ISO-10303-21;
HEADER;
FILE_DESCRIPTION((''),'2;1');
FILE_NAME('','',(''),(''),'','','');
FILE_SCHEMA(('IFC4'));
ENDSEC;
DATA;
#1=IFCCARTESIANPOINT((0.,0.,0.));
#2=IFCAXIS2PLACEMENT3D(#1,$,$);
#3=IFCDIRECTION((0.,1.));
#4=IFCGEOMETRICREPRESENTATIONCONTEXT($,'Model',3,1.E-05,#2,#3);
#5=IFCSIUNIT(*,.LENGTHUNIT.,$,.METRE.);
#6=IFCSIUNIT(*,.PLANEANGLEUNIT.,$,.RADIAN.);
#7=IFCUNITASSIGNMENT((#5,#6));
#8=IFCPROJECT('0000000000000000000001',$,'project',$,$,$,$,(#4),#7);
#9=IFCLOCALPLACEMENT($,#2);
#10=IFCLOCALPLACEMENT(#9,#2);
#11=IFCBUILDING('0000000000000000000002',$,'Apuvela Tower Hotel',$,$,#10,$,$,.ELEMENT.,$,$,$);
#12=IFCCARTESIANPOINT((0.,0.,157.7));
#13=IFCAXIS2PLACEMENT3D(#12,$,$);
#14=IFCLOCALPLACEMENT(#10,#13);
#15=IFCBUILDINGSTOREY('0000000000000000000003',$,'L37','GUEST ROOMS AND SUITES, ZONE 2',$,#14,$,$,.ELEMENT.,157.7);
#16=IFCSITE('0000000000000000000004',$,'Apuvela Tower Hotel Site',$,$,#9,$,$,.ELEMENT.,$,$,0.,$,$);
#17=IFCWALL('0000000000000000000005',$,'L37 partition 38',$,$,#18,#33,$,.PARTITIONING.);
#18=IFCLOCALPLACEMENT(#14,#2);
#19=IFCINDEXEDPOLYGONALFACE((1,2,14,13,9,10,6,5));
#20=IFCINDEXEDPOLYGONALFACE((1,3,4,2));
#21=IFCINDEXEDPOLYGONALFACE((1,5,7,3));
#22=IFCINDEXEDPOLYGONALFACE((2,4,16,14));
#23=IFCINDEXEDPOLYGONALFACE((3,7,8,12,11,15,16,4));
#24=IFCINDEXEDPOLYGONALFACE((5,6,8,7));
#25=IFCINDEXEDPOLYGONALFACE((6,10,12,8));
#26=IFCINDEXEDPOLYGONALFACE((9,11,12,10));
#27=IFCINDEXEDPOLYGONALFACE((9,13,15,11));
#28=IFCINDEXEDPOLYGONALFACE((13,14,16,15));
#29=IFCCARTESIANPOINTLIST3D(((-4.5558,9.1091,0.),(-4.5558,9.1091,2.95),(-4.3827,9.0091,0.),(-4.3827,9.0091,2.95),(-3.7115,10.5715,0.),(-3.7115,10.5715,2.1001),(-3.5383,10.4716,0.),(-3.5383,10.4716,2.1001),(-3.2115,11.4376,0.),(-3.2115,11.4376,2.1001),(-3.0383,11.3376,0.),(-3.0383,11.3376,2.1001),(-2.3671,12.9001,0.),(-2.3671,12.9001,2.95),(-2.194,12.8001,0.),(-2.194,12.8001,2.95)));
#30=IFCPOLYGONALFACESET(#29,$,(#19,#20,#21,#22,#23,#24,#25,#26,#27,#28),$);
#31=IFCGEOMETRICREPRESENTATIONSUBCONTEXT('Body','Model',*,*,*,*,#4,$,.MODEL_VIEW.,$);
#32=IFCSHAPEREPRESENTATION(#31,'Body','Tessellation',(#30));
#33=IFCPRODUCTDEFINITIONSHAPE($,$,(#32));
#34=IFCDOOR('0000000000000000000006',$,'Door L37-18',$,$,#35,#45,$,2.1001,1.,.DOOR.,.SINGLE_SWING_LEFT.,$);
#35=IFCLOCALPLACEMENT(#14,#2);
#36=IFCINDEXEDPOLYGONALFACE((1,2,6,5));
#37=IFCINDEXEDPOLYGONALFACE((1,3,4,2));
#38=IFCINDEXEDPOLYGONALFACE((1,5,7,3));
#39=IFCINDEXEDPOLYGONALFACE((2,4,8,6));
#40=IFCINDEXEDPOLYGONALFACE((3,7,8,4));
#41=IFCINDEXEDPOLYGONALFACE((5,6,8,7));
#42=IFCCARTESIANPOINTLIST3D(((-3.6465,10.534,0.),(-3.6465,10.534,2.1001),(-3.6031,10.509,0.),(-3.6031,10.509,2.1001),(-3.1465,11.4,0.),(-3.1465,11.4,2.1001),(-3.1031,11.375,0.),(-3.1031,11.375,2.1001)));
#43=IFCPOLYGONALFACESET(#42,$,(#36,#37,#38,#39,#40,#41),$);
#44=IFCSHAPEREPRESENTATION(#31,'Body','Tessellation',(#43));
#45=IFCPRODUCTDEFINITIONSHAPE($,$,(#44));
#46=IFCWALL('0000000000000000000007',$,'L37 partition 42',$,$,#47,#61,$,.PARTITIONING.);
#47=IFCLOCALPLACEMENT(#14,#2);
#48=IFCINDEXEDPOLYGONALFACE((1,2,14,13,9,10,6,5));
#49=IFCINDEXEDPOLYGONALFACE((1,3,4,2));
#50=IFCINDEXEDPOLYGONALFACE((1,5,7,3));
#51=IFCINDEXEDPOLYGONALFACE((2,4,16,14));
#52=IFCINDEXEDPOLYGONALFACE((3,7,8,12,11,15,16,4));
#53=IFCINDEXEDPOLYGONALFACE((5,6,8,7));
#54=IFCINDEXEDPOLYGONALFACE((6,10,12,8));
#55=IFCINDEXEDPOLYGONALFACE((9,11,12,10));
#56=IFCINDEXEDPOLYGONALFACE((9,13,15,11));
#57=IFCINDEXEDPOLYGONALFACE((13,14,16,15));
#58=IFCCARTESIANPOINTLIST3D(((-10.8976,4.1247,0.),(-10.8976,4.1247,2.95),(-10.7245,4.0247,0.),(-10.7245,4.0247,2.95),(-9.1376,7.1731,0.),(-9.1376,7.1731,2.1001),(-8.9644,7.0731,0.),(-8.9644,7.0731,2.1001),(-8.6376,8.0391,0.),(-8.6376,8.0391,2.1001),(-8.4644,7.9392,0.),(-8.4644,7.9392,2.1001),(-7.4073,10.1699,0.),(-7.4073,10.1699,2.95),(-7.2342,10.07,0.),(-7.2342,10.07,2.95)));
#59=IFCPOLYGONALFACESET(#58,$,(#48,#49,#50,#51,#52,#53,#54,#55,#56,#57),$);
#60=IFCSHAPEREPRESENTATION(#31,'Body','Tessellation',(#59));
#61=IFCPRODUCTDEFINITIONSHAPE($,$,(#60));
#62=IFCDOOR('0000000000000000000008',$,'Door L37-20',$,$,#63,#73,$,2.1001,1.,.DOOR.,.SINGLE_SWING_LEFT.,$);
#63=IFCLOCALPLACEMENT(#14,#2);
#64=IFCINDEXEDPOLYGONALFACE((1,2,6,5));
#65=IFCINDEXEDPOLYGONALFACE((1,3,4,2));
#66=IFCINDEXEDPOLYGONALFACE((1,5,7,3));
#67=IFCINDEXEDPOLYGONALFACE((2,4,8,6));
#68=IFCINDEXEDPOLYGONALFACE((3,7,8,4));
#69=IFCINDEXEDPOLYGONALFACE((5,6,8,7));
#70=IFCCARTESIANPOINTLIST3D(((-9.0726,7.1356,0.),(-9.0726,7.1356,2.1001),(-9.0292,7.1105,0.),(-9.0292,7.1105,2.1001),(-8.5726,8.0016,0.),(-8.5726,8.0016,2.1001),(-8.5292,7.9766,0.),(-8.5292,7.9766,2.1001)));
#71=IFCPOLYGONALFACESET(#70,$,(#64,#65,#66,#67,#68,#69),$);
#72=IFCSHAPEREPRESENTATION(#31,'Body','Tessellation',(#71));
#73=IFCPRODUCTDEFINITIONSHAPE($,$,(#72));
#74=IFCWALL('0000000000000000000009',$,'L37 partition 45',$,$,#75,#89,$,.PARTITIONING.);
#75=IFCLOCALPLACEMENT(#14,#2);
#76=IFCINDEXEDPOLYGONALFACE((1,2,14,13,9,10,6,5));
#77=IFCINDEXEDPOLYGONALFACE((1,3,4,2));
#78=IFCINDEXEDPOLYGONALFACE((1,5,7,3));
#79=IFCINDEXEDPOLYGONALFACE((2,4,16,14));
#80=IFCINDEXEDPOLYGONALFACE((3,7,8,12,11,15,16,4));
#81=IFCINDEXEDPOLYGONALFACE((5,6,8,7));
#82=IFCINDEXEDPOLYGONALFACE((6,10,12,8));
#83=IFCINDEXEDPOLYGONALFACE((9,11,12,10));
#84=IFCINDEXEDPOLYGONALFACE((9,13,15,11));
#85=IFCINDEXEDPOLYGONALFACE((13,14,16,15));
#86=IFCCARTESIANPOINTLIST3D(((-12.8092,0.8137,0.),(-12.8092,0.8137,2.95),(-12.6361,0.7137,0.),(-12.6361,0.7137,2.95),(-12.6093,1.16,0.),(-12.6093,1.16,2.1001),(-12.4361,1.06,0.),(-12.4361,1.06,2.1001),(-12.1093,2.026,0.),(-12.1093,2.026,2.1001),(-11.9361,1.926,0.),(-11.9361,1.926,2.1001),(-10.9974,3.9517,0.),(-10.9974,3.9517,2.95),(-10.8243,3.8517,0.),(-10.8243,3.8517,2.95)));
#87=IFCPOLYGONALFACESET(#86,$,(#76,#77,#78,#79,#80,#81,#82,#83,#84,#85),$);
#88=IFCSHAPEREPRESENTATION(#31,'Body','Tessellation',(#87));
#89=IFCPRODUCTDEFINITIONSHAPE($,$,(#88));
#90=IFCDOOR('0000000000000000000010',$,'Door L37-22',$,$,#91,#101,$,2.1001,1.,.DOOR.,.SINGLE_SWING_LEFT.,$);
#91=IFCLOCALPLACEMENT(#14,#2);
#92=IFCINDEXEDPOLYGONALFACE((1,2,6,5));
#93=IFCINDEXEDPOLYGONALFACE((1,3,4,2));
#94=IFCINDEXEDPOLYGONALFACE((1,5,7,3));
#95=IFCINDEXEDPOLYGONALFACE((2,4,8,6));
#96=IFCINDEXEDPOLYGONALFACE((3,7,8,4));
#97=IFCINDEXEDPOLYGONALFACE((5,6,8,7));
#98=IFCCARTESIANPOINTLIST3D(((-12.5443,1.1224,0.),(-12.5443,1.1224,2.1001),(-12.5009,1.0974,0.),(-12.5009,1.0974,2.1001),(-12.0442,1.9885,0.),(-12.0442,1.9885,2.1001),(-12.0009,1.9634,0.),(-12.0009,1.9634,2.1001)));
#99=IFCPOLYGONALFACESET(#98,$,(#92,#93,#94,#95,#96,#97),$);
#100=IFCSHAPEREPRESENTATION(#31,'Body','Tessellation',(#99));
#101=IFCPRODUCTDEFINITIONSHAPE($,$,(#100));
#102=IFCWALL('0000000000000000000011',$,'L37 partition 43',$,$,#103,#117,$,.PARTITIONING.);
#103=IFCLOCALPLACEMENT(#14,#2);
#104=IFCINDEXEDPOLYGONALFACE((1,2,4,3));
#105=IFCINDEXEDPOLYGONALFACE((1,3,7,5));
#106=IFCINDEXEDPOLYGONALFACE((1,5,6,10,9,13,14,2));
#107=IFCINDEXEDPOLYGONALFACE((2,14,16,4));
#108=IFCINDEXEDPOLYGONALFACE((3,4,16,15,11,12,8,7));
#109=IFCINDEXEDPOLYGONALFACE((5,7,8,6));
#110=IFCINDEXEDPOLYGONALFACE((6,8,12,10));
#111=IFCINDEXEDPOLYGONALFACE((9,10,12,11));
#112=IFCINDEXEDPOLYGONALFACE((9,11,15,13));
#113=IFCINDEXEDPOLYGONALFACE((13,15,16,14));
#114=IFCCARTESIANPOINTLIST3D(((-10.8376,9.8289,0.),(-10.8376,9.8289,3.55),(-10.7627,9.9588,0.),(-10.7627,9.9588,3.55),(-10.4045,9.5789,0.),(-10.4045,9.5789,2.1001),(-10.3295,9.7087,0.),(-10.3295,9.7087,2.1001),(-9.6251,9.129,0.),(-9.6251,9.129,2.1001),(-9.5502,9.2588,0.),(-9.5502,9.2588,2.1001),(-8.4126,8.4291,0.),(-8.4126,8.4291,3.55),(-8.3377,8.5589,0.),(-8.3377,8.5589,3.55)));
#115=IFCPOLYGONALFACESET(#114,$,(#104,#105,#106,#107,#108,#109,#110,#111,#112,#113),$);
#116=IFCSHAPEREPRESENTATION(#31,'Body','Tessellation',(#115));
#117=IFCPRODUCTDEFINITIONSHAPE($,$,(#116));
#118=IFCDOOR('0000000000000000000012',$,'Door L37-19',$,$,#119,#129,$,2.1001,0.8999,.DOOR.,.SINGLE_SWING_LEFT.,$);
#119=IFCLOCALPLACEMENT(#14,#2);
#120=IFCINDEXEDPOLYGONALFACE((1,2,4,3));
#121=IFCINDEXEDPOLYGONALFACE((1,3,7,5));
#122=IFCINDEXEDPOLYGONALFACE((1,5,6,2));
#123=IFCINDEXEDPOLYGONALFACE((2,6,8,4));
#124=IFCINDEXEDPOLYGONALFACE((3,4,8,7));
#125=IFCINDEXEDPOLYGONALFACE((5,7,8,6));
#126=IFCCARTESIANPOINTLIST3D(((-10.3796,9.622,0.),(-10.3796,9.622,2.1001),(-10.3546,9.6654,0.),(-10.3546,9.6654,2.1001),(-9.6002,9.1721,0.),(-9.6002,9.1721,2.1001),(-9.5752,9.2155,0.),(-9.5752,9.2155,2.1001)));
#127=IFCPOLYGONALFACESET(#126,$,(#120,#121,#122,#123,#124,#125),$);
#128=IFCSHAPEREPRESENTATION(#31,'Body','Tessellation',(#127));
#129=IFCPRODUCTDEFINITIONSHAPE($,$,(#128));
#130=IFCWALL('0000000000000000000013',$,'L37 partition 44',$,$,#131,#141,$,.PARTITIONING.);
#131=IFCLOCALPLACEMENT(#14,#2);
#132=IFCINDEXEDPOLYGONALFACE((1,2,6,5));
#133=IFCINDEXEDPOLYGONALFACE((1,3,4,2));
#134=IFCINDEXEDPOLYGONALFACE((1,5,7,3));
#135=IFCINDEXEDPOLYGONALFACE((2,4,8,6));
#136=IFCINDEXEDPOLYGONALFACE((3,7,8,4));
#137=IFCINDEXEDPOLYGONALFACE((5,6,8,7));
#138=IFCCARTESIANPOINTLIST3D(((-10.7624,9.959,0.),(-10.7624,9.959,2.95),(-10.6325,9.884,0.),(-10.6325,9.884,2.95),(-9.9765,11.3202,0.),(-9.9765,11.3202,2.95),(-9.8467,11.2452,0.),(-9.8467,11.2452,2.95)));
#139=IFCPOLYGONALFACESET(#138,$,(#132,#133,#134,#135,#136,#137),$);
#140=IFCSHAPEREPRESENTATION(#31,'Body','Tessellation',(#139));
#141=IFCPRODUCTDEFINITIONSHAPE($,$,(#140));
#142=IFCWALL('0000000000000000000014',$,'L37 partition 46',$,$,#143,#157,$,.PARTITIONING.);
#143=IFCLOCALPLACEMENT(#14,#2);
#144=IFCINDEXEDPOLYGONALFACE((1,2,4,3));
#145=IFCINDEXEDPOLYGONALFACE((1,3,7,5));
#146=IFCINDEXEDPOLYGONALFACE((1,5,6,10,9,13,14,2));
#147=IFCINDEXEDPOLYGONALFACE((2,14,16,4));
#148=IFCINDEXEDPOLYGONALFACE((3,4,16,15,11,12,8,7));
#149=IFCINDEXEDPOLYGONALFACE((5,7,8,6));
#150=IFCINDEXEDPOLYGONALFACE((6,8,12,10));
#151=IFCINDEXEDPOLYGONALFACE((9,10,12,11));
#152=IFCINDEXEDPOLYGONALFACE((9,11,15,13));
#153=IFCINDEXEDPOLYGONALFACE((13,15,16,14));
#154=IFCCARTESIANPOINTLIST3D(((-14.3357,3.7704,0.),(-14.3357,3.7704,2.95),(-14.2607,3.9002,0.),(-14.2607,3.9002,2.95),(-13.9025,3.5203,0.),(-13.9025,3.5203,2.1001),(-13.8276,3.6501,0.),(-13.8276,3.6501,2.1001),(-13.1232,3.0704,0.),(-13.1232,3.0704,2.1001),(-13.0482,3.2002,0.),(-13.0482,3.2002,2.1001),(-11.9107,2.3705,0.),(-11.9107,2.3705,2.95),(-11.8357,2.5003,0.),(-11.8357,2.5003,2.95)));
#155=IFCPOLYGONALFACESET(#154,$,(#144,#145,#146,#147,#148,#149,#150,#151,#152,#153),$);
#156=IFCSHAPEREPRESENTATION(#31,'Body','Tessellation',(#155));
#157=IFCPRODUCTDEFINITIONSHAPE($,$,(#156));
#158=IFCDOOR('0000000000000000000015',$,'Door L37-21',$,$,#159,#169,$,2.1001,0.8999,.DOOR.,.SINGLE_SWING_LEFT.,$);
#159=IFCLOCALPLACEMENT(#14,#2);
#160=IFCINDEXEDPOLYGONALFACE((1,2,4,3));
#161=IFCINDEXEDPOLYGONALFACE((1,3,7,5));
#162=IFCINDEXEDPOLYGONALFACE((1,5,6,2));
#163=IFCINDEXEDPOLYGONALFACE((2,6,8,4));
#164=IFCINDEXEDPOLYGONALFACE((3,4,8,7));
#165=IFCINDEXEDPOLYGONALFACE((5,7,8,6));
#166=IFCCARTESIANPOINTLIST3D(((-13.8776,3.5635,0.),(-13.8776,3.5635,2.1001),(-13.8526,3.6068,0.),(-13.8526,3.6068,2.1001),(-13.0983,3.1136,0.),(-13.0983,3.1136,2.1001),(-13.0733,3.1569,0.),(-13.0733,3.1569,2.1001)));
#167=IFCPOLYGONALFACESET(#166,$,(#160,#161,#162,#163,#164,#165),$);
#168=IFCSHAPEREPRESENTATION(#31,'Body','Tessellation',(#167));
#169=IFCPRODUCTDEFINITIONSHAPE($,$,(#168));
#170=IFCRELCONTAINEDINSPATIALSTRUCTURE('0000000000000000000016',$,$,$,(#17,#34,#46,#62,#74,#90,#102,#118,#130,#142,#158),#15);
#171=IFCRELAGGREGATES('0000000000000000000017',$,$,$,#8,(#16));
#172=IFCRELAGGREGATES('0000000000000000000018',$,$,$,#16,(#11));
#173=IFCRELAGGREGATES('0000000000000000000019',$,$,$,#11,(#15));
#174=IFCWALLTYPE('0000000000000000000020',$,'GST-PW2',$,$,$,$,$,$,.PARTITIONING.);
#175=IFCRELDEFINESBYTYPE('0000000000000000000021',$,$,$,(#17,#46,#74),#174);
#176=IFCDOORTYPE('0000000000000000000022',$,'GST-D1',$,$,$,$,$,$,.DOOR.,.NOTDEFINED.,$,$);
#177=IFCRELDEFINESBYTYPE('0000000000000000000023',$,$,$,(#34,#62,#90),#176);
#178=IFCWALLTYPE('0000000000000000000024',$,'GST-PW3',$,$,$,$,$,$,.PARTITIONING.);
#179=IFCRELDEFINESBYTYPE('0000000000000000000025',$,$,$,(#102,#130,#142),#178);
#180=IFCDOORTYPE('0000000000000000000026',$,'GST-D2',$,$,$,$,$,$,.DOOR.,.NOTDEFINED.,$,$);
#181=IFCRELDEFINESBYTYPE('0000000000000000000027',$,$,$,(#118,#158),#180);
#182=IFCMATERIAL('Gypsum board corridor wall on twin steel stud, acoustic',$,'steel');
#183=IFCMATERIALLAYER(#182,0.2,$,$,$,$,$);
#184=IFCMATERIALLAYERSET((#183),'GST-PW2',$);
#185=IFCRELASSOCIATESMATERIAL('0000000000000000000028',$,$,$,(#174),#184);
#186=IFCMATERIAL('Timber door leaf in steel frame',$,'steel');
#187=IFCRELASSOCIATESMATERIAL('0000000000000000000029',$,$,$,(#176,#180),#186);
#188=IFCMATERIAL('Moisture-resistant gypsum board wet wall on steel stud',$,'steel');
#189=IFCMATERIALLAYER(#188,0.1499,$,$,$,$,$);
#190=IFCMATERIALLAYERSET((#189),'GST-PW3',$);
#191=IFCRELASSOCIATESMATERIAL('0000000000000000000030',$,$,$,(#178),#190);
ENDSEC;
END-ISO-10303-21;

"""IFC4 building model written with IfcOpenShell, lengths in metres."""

from ifc_helpers import new_model, si_unit, direction, frame, frame_2d, origin, place, context, subcontext, project, spatial, rectangle, extrude, material, layer, layer_set, type_object, element, fill, save


model = new_model("IFC4")

# Units and contexts
model_context = context("Model", 3, precision=1e-05, world=origin(), true_north=direction((0.0, 1.0)))
body_context = subcontext(model_context, "Body", "Model", "MODEL_VIEW")
ifc_project = project(units=[si_unit("LENGTHUNIT", "METRE"), si_unit("PLANEANGLEUNIT", "RADIAN")], contexts=[model_context])

# Site, building, storey
site_placement = place(None, origin())
site = spatial("IfcSite", under=ifc_project, at=site_placement, Name="Apuvela Tower Hotel Site", CompositionType="ELEMENT", RefElevation=0.0)
building_placement = place(site_placement, origin())
building = spatial("IfcBuilding", under=site, at=building_placement, Name="Apuvela Tower Hotel", CompositionType="ELEMENT")
storey_placement = place(building_placement, frame((0.0, 0.0, 157.7)))
storey = spatial("IfcBuildingStorey", under=building, at=storey_placement, Name="L37", Description="GUEST ROOMS AND SUITES, ZONE 2", CompositionType="ELEMENT", Elevation=157.7)

# Walls, openings, doors
ifc_material_1 = material(Name="Gypsum board corridor wall on twin steel stud, acoustic", Category="steel")
ifc_layer_1 = layer(ifc_material_1, 0.2)
ifc_layer_set_1 = layer_set([ifc_layer_1], Name="GST-PW2")
wall_type_1 = type_object("IfcWallType", Name="GST-PW2", PredefinedType="PARTITIONING", material=ifc_layer_set_1)
wall_1_placement = place(storey_placement, frame((-4.4692, 9.0591, 0.0), z_axis=(0.0, 0.0, 1.0), x_axis=(0.499996, 0.866028, 0.0)))
wall_1 = element("IfcWall", 1, at=wall_1_placement, inside=storey, type_object=wall_type_1, Name="L37 partition 38", PredefinedType="PARTITIONING", context=body_context, shape_type="SweptSolid", body=[
    extrude(rectangle(XDim=4.3774, YDim=0.2, at=frame_2d((2.1887, 0.0))), origin(), (0.0, 0.0, 1.0), 2.95),
])
opening_1_placement = place(wall_1_placement, frame((1.6887, 0.0, 0.0)))
opening_1 = element("IfcOpeningElement", 2, at=opening_1_placement, cuts=wall_1, PredefinedType="OPENING", context=body_context, shape_type="SweptSolid", body=[
    extrude(rectangle(XDim=1.0, YDim=2.1001, at=frame_2d((0.5, 1.05))), frame((0.0, 0.1099, 0.0), z_axis=(0.0, -1.0, 0.0), x_axis=(1.0, 0.0, 0.0)), (0.0, 0.0, 1.0), 0.22),
])
ifc_material_2 = material(Name="Timber door leaf in steel frame", Category="steel")
door_type_1 = type_object("IfcDoorType", Name="GST-D1", OperationType="NOTDEFINED", PredefinedType="DOOR", material=ifc_material_2)
door_1_placement = place(opening_1_placement, origin())
door_1 = element("IfcDoor", 3, at=door_1_placement, inside=storey, type_object=door_type_1, Name="Door L37-18", OperationType="SINGLE_SWING_LEFT", OverallHeight=2.1001, OverallWidth=1.0, PredefinedType="DOOR", context=body_context, shape_type="SweptSolid", body=[
    extrude(rectangle(XDim=1.0, YDim=2.1001, at=frame_2d((0.5, 1.05))), frame((0.0, 0.0249, 0.0), z_axis=(0.0, -1.0, 0.0), x_axis=(1.0, 0.0, 0.0)), (0.0, 0.0, 1.0), 0.05),
])
fill(opening_1, door_1)
wall_2_placement = place(storey_placement, frame((-10.811, 4.0747, 0.0), z_axis=(0.0, 0.0, 1.0), x_axis=(0.500006, 0.866022, 0.0)))
wall_2 = element("IfcWall", 4, at=wall_2_placement, inside=storey, type_object=wall_type_1, Name="L37 partition 42", PredefinedType="PARTITIONING", context=body_context, shape_type="SweptSolid", body=[
    extrude(rectangle(XDim=6.9805, YDim=0.2, at=frame_2d((3.4902, 0.0))), origin(), (0.0, 0.0, 1.0), 2.95),
])
opening_2_placement = place(wall_2_placement, frame((3.52, 0.0, 0.0)))
opening_2 = element("IfcOpeningElement", 5, at=opening_2_placement, cuts=wall_2, PredefinedType="OPENING", context=body_context, shape_type="SweptSolid", body=[
    extrude(rectangle(XDim=1.0, YDim=2.1001, at=frame_2d((0.5, 1.05))), frame((0.0, 0.1099, 0.0), z_axis=(0.0, -1.0, 0.0), x_axis=(1.0, 0.0, 0.0)), (0.0, 0.0, 1.0), 0.22),
])
door_2_placement = place(opening_2_placement, origin())
door_2 = element("IfcDoor", 6, at=door_2_placement, inside=storey, type_object=door_type_1, Name="Door L37-20", OperationType="SINGLE_SWING_LEFT", OverallHeight=2.1001, OverallWidth=1.0, PredefinedType="DOOR", context=body_context, shape_type="SweptSolid", body=[
    extrude(rectangle(XDim=1.0, YDim=2.1001, at=frame_2d((0.5, 1.05))), frame((0.0, 0.0249, 0.0), z_axis=(0.0, -1.0, 0.0), x_axis=(1.0, 0.0, 0.0)), (0.0, 0.0, 1.0), 0.05),
])
fill(opening_2, door_2)
wall_3_placement = place(storey_placement, frame((-12.7227, 0.7637, 0.0), z_axis=(0.0, 0.0, 1.0), x_axis=(0.500016, 0.866016, 0.0)))
wall_3 = element("IfcWall", 7, at=wall_3_placement, inside=storey, type_object=wall_type_1, Name="L37 partition 45", PredefinedType="PARTITIONING", context=body_context, shape_type="SweptSolid", body=[
    extrude(rectangle(XDim=3.6235, YDim=0.2, at=frame_2d((1.8118, 0.0))), origin(), (0.0, 0.0, 1.0), 2.95),
])
opening_3_placement = place(wall_3_placement, frame((0.3999, 0.0, 0.0)))
opening_3 = element("IfcOpeningElement", 8, at=opening_3_placement, cuts=wall_3, PredefinedType="OPENING", context=body_context, shape_type="SweptSolid", body=[
    extrude(rectangle(XDim=1.0, YDim=2.1001, at=frame_2d((0.5, 1.05))), frame((0.0, 0.1099, 0.0), z_axis=(0.0, -1.0, 0.0), x_axis=(1.0, 0.0, 0.0)), (0.0, 0.0, 1.0), 0.22),
])
door_3_placement = place(opening_3_placement, origin())
door_3 = element("IfcDoor", 9, at=door_3_placement, inside=storey, type_object=door_type_1, Name="Door L37-22", OperationType="SINGLE_SWING_LEFT", OverallHeight=2.1001, OverallWidth=1.0, PredefinedType="DOOR", context=body_context, shape_type="SweptSolid", body=[
    extrude(rectangle(XDim=1.0, YDim=2.1001, at=frame_2d((0.5, 1.05))), frame((0.0, 0.0249, 0.0), z_axis=(0.0, -1.0, 0.0), x_axis=(1.0, 0.0, 0.0)), (0.0, 0.0, 1.0), 0.05),
])
fill(opening_3, door_3)
ifc_material_3 = material(Name="Moisture-resistant gypsum board wet wall on steel stud", Category="steel")
ifc_layer_2 = layer(ifc_material_3, 0.1499)
ifc_layer_set_2 = layer_set([ifc_layer_2], Name="GST-PW3")
wall_type_2 = type_object("IfcWallType", Name="GST-PW3", PredefinedType="PARTITIONING", material=ifc_layer_set_2)
wall_4_placement = place(storey_placement, frame((-10.8, 9.8938, 0.0), z_axis=(0.0, 0.0, 1.0), x_axis=(0.866056, -0.499946, 0.0)))
wall_4 = element("IfcWall", 10, at=wall_4_placement, inside=storey, type_object=wall_type_2, Name="L37 partition 43", PredefinedType="PARTITIONING", context=body_context, shape_type="SweptSolid", body=[
    extrude(rectangle(XDim=2.8, YDim=0.1499, at=frame_2d((1.3999, 0.0))), origin(), (0.0, 0.0, 1.0), 3.55),
])
opening_4_placement = place(wall_4_placement, frame((0.5, 0.0, 0.0)))
opening_4 = element("IfcOpeningElement", 11, at=opening_4_placement, cuts=wall_4, PredefinedType="OPENING", context=body_context, shape_type="SweptSolid", body=[
    extrude(rectangle(XDim=0.8999, YDim=2.1001, at=frame_2d((0.45, 1.05))), frame((0.0, 0.085, 0.0), z_axis=(0.0, -1.0, 0.0), x_axis=(1.0, 0.0, 0.0)), (0.0, 0.0, 1.0), 0.1699),
])
door_type_2 = type_object("IfcDoorType", Name="GST-D2", OperationType="NOTDEFINED", PredefinedType="DOOR", material=ifc_material_2)
door_4_placement = place(opening_4_placement, origin())
door_4 = element("IfcDoor", 12, at=door_4_placement, inside=storey, type_object=door_type_2, Name="Door L37-19", OperationType="SINGLE_SWING_LEFT", OverallHeight=2.1001, OverallWidth=0.8999, PredefinedType="DOOR", context=body_context, shape_type="SweptSolid", body=[
    extrude(rectangle(XDim=0.8999, YDim=2.1001, at=frame_2d((0.45, 1.05))), frame((0.0, 0.0249, 0.0), z_axis=(0.0, -1.0, 0.0), x_axis=(1.0, 0.0, 0.0)), (0.0, 0.0, 1.0), 0.05),
])
fill(opening_4, door_4)

# Wall
wall_5_placement = place(storey_placement, frame((-9.9116, 11.2827, 0.0), z_axis=(0.0, 0.0, 1.0), x_axis=(-0.499964, -0.866046, 0.0)))
element("IfcWall", 13, at=wall_5_placement, inside=storey, type_object=wall_type_2, Name="L37 partition 44", PredefinedType="PARTITIONING", context=body_context, shape_type="SweptSolid", body=[
    extrude(rectangle(XDim=1.5718, YDim=0.1499, at=frame_2d((0.7859, 0.0))), origin(), (0.0, 0.0, 1.0), 2.95),
])

# Wall, opening, door
wall_6_placement = place(storey_placement, frame((-14.2981, 3.8352, 0.0), z_axis=(0.0, 0.0, 1.0), x_axis=(0.866056, -0.499946, 0.0)))
wall_6 = element("IfcWall", 14, at=wall_6_placement, inside=storey, type_object=wall_type_2, Name="L37 partition 46", PredefinedType="PARTITIONING", context=body_context, shape_type="SweptSolid", body=[
    extrude(rectangle(XDim=2.8, YDim=0.1499, at=frame_2d((1.3999, 0.0))), origin(), (0.0, 0.0, 1.0), 2.95),
])
opening_5_placement = place(wall_6_placement, frame((0.5, 0.0, 0.0)))
opening_5 = element("IfcOpeningElement", 15, at=opening_5_placement, cuts=wall_6, PredefinedType="OPENING", context=body_context, shape_type="SweptSolid", body=[
    extrude(rectangle(XDim=0.8999, YDim=2.1001, at=frame_2d((0.45, 1.05))), frame((0.0, 0.085, 0.0), z_axis=(0.0, -1.0, 0.0), x_axis=(1.0, 0.0, 0.0)), (0.0, 0.0, 1.0), 0.1699),
])
door_5_placement = place(opening_5_placement, origin())
door_5 = element("IfcDoor", 16, at=door_5_placement, inside=storey, type_object=door_type_2, Name="Door L37-21", OperationType="SINGLE_SWING_LEFT", OverallHeight=2.1001, OverallWidth=0.8999, PredefinedType="DOOR", context=body_context, shape_type="SweptSolid", body=[
    extrude(rectangle(XDim=0.8999, YDim=2.1001, at=frame_2d((0.45, 1.05))), frame((0.0, 0.0249, 0.0), z_axis=(0.0, -1.0, 0.0), x_axis=(1.0, 0.0, 0.0)), (0.0, 0.0, 1.0), 0.05),
])
fill(opening_5, door_5)

save(model, "model.ifc")
